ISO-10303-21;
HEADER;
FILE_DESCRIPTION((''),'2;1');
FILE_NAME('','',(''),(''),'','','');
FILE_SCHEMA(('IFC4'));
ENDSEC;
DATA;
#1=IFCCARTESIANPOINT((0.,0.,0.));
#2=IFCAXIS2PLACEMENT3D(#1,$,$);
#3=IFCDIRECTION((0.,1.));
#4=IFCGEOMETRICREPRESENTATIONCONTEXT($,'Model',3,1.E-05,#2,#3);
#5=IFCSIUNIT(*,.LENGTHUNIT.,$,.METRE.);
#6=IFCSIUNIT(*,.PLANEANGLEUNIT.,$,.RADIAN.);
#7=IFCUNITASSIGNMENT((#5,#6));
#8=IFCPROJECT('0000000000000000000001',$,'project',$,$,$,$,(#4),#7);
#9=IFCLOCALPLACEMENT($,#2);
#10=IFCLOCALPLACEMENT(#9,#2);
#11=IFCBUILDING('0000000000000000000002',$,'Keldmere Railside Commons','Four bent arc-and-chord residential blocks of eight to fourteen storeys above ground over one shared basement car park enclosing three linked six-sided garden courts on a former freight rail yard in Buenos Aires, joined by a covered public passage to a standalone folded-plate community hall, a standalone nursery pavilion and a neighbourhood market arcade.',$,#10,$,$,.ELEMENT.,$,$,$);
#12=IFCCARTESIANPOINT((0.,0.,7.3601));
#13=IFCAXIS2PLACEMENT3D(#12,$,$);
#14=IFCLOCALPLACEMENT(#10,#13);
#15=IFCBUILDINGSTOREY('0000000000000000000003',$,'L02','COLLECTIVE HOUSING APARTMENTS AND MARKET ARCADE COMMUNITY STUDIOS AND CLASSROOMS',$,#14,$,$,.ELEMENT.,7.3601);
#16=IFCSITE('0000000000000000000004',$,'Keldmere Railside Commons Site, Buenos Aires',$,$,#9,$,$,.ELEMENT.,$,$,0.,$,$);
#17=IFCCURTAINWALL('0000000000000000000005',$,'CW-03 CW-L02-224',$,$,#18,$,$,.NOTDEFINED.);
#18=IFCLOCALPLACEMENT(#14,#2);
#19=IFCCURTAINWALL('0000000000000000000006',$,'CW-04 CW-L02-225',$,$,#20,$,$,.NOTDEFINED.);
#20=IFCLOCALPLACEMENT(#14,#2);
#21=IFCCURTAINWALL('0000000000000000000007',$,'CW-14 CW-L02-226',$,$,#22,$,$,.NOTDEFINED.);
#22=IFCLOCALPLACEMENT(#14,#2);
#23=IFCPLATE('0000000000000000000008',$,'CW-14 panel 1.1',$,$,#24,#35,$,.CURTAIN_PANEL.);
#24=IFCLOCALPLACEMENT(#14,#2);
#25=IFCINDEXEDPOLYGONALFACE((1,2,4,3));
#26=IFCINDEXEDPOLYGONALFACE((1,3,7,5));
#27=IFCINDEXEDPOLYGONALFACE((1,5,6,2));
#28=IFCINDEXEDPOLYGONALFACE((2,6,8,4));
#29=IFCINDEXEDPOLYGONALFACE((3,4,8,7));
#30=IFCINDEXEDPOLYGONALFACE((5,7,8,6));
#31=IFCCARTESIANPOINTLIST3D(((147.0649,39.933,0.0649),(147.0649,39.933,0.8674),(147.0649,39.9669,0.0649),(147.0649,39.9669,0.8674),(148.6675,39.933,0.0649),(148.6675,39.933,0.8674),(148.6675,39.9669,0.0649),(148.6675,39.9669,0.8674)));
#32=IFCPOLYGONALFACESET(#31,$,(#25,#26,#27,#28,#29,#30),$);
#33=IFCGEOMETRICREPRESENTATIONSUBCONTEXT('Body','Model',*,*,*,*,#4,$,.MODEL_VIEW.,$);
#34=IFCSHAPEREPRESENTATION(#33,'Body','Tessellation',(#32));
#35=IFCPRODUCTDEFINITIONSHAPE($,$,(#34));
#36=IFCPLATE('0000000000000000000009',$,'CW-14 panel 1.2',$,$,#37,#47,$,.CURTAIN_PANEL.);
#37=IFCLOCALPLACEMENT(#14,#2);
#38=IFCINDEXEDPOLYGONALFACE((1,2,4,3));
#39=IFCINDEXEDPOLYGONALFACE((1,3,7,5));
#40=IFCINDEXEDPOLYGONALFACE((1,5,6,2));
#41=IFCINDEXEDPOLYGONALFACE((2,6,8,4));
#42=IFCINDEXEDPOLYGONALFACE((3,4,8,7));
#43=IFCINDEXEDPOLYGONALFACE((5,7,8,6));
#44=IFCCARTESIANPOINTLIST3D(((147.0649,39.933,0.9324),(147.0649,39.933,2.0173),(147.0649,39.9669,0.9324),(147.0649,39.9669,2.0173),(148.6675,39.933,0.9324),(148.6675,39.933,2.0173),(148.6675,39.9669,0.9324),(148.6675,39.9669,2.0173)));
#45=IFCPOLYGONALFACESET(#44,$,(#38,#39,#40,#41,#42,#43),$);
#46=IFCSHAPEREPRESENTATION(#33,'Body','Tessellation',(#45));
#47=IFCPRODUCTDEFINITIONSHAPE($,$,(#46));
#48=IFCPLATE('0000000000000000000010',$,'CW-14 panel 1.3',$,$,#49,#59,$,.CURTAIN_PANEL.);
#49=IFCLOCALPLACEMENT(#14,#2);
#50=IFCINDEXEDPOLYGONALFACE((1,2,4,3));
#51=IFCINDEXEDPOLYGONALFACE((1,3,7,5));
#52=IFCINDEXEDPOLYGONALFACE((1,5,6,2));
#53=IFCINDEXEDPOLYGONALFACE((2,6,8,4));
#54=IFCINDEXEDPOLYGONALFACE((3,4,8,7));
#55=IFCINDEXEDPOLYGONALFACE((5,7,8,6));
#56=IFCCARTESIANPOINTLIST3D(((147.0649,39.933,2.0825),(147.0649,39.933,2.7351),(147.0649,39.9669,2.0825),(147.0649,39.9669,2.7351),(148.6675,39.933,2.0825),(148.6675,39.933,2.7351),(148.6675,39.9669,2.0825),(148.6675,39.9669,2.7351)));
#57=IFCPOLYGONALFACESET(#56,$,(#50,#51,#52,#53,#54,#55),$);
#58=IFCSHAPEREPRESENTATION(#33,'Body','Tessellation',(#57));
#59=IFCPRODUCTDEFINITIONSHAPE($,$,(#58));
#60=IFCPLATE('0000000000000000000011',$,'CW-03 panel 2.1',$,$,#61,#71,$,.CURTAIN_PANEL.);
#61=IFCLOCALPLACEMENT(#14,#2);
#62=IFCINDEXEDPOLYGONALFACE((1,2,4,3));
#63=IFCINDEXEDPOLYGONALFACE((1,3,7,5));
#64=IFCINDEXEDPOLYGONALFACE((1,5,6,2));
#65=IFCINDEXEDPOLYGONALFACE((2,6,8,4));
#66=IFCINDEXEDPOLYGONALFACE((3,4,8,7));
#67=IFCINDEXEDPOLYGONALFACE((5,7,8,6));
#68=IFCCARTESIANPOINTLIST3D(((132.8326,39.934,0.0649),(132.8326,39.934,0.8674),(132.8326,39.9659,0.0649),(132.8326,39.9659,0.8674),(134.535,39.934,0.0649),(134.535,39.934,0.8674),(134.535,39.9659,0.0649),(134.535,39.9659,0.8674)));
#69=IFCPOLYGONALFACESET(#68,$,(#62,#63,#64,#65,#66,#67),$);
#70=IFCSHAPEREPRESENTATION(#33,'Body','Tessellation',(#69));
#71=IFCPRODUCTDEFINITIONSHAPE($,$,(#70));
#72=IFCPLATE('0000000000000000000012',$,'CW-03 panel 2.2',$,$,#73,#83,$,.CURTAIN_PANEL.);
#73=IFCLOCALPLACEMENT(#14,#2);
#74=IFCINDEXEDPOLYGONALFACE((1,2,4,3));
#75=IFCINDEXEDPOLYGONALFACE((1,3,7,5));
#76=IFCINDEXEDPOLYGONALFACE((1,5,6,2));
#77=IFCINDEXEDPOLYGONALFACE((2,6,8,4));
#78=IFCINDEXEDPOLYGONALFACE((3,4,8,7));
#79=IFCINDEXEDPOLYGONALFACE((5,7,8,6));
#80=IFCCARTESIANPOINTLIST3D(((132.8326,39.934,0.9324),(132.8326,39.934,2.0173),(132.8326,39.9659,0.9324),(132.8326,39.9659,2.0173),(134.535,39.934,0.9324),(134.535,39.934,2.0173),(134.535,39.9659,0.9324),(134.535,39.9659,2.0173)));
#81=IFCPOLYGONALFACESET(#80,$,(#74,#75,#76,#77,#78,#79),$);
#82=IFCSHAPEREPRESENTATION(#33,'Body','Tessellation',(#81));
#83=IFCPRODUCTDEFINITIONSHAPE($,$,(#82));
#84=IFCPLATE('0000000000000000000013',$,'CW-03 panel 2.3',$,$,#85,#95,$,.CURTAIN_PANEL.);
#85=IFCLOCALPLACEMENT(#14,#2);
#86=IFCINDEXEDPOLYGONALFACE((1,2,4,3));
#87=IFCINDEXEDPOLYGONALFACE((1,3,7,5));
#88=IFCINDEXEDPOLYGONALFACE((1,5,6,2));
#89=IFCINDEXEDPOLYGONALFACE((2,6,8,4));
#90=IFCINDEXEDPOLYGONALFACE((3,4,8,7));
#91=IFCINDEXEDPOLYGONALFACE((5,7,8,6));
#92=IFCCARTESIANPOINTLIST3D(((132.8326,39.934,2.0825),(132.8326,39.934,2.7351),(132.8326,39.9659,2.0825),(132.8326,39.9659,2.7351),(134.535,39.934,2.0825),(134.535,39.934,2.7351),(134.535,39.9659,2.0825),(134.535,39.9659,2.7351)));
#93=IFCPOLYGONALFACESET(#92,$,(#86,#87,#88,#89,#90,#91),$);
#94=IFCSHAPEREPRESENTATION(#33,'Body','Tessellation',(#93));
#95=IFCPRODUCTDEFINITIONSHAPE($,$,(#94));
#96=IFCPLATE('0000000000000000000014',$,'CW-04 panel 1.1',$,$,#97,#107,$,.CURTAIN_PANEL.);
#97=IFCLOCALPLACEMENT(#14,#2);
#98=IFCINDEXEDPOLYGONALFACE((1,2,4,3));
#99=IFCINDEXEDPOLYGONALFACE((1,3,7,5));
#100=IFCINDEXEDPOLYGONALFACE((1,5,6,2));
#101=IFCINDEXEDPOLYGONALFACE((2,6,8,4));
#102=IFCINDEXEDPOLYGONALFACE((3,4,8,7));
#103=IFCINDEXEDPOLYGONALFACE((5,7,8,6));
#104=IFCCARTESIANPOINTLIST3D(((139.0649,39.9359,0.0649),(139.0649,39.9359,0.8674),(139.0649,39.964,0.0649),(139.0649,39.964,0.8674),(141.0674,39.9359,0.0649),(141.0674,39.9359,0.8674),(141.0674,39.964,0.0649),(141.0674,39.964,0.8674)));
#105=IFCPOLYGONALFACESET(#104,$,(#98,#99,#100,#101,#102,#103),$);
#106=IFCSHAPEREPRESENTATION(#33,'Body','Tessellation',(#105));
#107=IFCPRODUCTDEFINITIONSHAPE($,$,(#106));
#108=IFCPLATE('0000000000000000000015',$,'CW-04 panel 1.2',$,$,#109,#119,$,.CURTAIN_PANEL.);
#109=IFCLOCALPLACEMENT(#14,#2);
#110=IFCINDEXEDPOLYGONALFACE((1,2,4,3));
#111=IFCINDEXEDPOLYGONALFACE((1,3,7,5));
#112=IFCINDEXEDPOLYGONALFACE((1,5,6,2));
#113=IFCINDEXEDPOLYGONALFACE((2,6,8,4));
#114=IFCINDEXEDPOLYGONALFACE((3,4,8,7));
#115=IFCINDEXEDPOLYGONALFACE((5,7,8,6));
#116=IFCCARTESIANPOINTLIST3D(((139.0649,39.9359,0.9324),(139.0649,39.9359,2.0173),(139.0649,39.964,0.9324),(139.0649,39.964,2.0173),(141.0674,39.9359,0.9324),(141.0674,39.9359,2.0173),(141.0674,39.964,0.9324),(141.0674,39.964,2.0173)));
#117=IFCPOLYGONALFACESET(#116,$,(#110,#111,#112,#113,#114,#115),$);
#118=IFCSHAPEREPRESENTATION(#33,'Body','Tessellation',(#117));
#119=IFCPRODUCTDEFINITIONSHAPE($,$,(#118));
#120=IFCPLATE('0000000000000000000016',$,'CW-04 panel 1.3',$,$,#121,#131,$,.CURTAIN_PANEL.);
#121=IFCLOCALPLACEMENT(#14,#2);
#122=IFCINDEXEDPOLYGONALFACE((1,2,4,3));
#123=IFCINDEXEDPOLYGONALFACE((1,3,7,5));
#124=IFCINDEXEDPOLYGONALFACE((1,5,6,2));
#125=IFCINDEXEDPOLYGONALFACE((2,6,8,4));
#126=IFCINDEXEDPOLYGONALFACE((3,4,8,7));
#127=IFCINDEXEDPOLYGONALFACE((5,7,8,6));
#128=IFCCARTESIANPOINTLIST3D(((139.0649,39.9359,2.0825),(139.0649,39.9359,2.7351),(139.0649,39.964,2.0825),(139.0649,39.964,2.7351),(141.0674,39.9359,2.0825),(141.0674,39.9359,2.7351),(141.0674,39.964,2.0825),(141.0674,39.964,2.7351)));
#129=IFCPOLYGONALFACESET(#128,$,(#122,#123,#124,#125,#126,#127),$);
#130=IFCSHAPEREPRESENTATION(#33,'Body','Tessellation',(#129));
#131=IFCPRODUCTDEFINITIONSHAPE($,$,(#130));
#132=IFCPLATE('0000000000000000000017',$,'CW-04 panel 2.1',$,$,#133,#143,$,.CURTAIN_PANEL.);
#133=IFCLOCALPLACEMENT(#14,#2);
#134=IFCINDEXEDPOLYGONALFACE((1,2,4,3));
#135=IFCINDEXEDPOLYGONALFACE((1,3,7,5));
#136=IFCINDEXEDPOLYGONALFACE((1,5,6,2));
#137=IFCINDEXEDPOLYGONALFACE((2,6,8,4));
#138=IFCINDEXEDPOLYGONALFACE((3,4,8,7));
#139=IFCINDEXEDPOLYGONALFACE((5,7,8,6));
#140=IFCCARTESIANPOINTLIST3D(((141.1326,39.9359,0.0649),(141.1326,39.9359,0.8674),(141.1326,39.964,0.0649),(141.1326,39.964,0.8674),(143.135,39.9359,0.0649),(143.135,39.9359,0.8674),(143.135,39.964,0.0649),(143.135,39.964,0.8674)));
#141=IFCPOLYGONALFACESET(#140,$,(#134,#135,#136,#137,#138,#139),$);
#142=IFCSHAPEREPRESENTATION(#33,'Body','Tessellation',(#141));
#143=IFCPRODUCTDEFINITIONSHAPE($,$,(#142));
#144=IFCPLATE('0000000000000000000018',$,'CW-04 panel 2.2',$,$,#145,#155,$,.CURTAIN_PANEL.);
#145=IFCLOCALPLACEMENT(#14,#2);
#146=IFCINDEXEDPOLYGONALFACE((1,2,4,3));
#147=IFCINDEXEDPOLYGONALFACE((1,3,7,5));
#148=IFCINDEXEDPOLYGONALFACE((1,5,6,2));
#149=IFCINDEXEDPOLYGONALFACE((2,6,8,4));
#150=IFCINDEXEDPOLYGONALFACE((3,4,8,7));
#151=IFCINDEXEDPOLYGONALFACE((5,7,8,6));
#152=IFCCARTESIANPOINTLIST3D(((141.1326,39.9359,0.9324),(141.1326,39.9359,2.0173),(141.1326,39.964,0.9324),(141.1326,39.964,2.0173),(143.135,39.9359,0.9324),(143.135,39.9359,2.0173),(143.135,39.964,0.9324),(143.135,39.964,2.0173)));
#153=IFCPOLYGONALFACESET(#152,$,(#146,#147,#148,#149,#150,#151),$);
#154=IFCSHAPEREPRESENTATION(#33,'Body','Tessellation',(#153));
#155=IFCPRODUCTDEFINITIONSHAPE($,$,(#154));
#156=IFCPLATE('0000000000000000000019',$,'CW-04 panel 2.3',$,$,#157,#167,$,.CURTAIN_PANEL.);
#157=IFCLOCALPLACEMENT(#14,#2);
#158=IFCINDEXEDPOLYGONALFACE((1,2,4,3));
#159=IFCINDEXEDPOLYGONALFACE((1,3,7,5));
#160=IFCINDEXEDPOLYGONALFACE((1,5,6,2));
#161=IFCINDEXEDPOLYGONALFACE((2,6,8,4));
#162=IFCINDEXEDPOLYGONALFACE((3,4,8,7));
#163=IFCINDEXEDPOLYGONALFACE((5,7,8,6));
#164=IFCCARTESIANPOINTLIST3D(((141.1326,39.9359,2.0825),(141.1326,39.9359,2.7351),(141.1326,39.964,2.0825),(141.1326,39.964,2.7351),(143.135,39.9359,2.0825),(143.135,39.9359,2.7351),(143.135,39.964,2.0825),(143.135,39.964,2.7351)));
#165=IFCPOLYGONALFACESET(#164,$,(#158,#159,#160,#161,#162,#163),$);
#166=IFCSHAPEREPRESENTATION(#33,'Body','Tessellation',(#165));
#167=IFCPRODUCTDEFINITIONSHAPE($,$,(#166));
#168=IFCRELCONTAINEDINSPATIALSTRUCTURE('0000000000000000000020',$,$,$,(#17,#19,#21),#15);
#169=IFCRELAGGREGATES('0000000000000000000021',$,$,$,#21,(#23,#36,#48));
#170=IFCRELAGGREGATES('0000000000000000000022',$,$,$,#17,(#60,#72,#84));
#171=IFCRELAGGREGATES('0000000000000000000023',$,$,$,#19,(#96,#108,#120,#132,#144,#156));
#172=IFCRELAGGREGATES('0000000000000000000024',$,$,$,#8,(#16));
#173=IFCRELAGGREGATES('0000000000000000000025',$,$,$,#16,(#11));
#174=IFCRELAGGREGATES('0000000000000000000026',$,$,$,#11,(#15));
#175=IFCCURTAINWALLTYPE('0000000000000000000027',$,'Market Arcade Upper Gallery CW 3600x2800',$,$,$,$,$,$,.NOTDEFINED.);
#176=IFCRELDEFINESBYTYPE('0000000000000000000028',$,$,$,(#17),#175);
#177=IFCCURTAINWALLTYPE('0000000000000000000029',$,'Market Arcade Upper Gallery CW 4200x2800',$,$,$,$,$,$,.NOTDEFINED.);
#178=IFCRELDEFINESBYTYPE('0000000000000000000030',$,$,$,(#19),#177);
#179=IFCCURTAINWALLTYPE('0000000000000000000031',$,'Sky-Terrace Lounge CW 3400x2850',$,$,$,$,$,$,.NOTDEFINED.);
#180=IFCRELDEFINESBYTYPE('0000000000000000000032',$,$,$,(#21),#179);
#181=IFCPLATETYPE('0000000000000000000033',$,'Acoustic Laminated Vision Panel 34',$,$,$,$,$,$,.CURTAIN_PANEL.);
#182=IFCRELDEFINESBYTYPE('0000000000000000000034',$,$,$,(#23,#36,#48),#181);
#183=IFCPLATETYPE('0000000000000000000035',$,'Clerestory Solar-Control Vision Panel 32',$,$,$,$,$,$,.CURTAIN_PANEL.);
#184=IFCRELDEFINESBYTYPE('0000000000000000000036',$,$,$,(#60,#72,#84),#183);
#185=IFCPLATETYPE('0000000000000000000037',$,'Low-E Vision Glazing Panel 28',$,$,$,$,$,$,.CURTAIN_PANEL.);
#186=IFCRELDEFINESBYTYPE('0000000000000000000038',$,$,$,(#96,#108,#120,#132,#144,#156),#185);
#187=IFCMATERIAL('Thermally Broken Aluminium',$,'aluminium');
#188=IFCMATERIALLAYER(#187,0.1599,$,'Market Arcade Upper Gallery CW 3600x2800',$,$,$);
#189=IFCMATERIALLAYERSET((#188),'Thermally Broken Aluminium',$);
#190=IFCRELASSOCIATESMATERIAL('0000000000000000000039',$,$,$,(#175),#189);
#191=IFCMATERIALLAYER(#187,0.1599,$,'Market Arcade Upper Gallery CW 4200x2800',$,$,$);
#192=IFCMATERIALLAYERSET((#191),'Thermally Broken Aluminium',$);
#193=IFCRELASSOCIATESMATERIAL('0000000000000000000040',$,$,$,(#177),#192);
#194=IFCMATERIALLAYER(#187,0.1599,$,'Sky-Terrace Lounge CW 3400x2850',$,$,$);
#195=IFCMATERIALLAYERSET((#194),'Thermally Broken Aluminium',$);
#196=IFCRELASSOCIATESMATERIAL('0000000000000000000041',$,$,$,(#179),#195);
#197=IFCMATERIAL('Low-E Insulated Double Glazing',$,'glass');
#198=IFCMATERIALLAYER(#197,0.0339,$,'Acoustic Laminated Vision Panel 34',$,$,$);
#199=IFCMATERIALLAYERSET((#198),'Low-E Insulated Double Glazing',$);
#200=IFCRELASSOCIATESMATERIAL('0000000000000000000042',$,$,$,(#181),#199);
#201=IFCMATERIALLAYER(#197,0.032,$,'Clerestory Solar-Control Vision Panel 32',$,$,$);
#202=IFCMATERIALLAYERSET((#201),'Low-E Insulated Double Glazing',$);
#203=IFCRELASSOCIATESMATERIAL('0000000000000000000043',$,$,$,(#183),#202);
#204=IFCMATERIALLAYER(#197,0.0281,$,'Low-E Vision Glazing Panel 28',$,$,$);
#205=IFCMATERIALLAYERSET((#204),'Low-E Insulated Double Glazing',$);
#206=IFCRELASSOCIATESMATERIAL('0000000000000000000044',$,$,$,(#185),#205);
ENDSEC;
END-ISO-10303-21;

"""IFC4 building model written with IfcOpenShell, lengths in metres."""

from ifc_helpers import new_model, si_unit, direction, frame, origin, origin_2d, place, context, subcontext, project, spatial, rectangle, extrude, material, layer, layer_set, type_object, element, aggregate, save


model = new_model("IFC4")

# Units and contexts
model_context = context("Model", 3, precision=1e-05, world=origin(), true_north=direction((0.0, 1.0)))
body_context = subcontext(model_context, "Body", "Model", "MODEL_VIEW")
ifc_project = project(units=[si_unit("LENGTHUNIT", "METRE"), si_unit("PLANEANGLEUNIT", "RADIAN")], contexts=[model_context])

# Site, building, storey
site_placement = place(None, origin())
site = spatial("IfcSite", under=ifc_project, at=site_placement, Name="Keldmere Railside Commons Site, Buenos Aires", CompositionType="ELEMENT", RefElevation=0.0)
building_placement = place(site_placement, origin())
building = spatial("IfcBuilding", under=site, at=building_placement, Name="Keldmere Railside Commons", Description="Four bent arc-and-chord residential blocks of eight to fourteen storeys above ground over one shared basement car park enclosing three linked six-sided garden courts on a former freight rail yard in Buenos Aires, joined by a covered public passage to a standalone folded-plate community hall, a standalone nursery pavilion and a neighbourhood market arcade.", CompositionType="ELEMENT")
storey_placement = place(building_placement, frame((0.0, 0.0, 7.3601)))
storey = spatial("IfcBuildingStorey", under=building, at=storey_placement, Name="L02", Description="COLLECTIVE HOUSING APARTMENTS AND MARKET ARCADE COMMUNITY STUDIOS AND CLASSROOMS", CompositionType="ELEMENT", Elevation=7.3601)

# Curtain wall
ifc_material_1 = material(Name="Thermally Broken Aluminium", Category="aluminium")
ifc_layer_1 = layer(ifc_material_1, 0.1599, Name="Market Arcade Upper Gallery CW 3600x2800")
ifc_layer_set_1 = layer_set([ifc_layer_1], Name="Thermally Broken Aluminium")
curtain_wall_type_1 = type_object("IfcCurtainWallType", Name="Market Arcade Upper Gallery CW 3600x2800", PredefinedType="NOTDEFINED", material=ifc_layer_set_1)
curtain_wall_1_placement = place(storey_placement, origin())
curtain_wall_1 = element("IfcCurtainWall", 1, at=curtain_wall_1_placement, inside=storey, type_object=curtain_wall_type_1, Name="CW-03 CW-L02-224", PredefinedType="NOTDEFINED")

# Curtain walls
ifc_layer_2 = layer(ifc_material_1, 0.1599, Name="Market Arcade Upper Gallery CW 4200x2800")
ifc_layer_set_2 = layer_set([ifc_layer_2], Name="Thermally Broken Aluminium")
curtain_wall_type_2 = type_object("IfcCurtainWallType", Name="Market Arcade Upper Gallery CW 4200x2800", PredefinedType="NOTDEFINED", material=ifc_layer_set_2)
curtain_wall_2_placement = place(storey_placement, origin())
curtain_wall_2 = element("IfcCurtainWall", 2, at=curtain_wall_2_placement, inside=storey, type_object=curtain_wall_type_2, Name="CW-04 CW-L02-225", PredefinedType="NOTDEFINED")
ifc_layer_3 = layer(ifc_material_1, 0.1599, Name="Sky-Terrace Lounge CW 3400x2850")
ifc_layer_set_3 = layer_set([ifc_layer_3], Name="Thermally Broken Aluminium")
curtain_wall_type_3 = type_object("IfcCurtainWallType", Name="Sky-Terrace Lounge CW 3400x2850", PredefinedType="NOTDEFINED", material=ifc_layer_set_3)
curtain_wall_3_placement = place(storey_placement, origin())
curtain_wall_3 = element("IfcCurtainWall", 3, at=curtain_wall_3_placement, inside=storey, type_object=curtain_wall_type_3, Name="CW-14 CW-L02-226", PredefinedType="NOTDEFINED")

# Plates
ifc_material_2 = material(Name="Low-E Insulated Double Glazing", Category="glass")
ifc_layer_4 = layer(ifc_material_2, 0.0339, Name="Acoustic Laminated Vision Panel 34")
ifc_layer_set_4 = layer_set([ifc_layer_4], Name="Low-E Insulated Double Glazing")
plate_type_1 = type_object("IfcPlateType", Name="Acoustic Laminated Vision Panel 34", PredefinedType="CURTAIN_PANEL", material=ifc_layer_set_4)
plate_1_placement = place(storey_placement, frame((147.8662, 39.95, 0.0649), z_axis=(0.0, 0.0, 1.0), x_axis=(1.0, 0.0, 0.0)))
plate_1 = element("IfcPlate", 4, at=plate_1_placement, type_object=plate_type_1, Name="CW-14 panel 1.1", PredefinedType="CURTAIN_PANEL", context=body_context, shape_type="SweptSolid", body=[
    extrude(rectangle(XDim=1.6025, YDim=0.0339, at=origin_2d()), origin(), (0.0, 0.0, 1.0), 0.8025),
])
plate_2_placement = place(storey_placement, frame((147.8662, 39.95, 0.9324), z_axis=(0.0, 0.0, 1.0), x_axis=(1.0, 0.0, 0.0)))
plate_2 = element("IfcPlate", 5, at=plate_2_placement, type_object=plate_type_1, Name="CW-14 panel 1.2", PredefinedType="CURTAIN_PANEL", context=body_context, shape_type="SweptSolid", body=[
    extrude(rectangle(XDim=1.6025, YDim=0.0339, at=origin_2d()), origin(), (0.0, 0.0, 1.0), 1.085),
])
plate_3_placement = place(storey_placement, frame((147.8662, 39.95, 2.0825), z_axis=(0.0, 0.0, 1.0), x_axis=(1.0, 0.0, 0.0)))
plate_3 = element("IfcPlate", 6, at=plate_3_placement, type_object=plate_type_1, Name="CW-14 panel 1.3", PredefinedType="CURTAIN_PANEL", context=body_context, shape_type="SweptSolid", body=[
    extrude(rectangle(XDim=1.6025, YDim=0.0339, at=origin_2d()), origin(), (0.0, 0.0, 1.0), 0.6526),
])
aggregate(curtain_wall_3, [plate_1, plate_2, plate_3])
ifc_layer_5 = layer(ifc_material_2, 0.032, Name="Clerestory Solar-Control Vision Panel 32")
ifc_layer_set_5 = layer_set([ifc_layer_5], Name="Low-E Insulated Double Glazing")
plate_type_2 = type_object("IfcPlateType", Name="Clerestory Solar-Control Vision Panel 32", PredefinedType="CURTAIN_PANEL", material=ifc_layer_set_5)
plate_4_placement = place(storey_placement, frame((133.6838, 39.95, 0.0649), z_axis=(0.0, 0.0, 1.0), x_axis=(1.0, 0.0, 0.0)))
plate_4 = element("IfcPlate", 7, at=plate_4_placement, type_object=plate_type_2, Name="CW-03 panel 2.1", PredefinedType="CURTAIN_PANEL", context=body_context, shape_type="SweptSolid", body=[
    extrude(rectangle(XDim=1.7024, YDim=0.032, at=origin_2d()), origin(), (0.0, 0.0, 1.0), 0.8025),
])
plate_5_placement = place(storey_placement, frame((133.6838, 39.95, 0.9324), z_axis=(0.0, 0.0, 1.0), x_axis=(1.0, 0.0, 0.0)))
plate_5 = element("IfcPlate", 8, at=plate_5_placement, type_object=plate_type_2, Name="CW-03 panel 2.2", PredefinedType="CURTAIN_PANEL", context=body_context, shape_type="SweptSolid", body=[
    extrude(rectangle(XDim=1.7024, YDim=0.032, at=origin_2d()), origin(), (0.0, 0.0, 1.0), 1.085),
])
plate_6_placement = place(storey_placement, frame((133.6838, 39.95, 2.0825), z_axis=(0.0, 0.0, 1.0), x_axis=(1.0, 0.0, 0.0)))
plate_6 = element("IfcPlate", 9, at=plate_6_placement, type_object=plate_type_2, Name="CW-03 panel 2.3", PredefinedType="CURTAIN_PANEL", context=body_context, shape_type="SweptSolid", body=[
    extrude(rectangle(XDim=1.7024, YDim=0.032, at=origin_2d()), origin(), (0.0, 0.0, 1.0), 0.6526),
])
aggregate(curtain_wall_1, [plate_4, plate_5, plate_6])
ifc_layer_6 = layer(ifc_material_2, 0.0281, Name="Low-E Vision Glazing Panel 28")
ifc_layer_set_6 = layer_set([ifc_layer_6], Name="Low-E Insulated Double Glazing")
plate_type_3 = type_object("IfcPlateType", Name="Low-E Vision Glazing Panel 28", PredefinedType="CURTAIN_PANEL", material=ifc_layer_set_6)
plate_7_placement = place(storey_placement, frame((140.0662, 39.95, 0.0649), z_axis=(0.0, 0.0, 1.0), x_axis=(1.0, 0.0, 0.0)))
plate_7 = element("IfcPlate", 10, at=plate_7_placement, type_object=plate_type_3, Name="CW-04 panel 1.1", PredefinedType="CURTAIN_PANEL", context=body_context, shape_type="SweptSolid", body=[
    extrude(rectangle(XDim=2.0024, YDim=0.0281, at=origin_2d()), origin(), (0.0, 0.0, 1.0), 0.8025),
])
plate_8_placement = place(storey_placement, frame((140.0662, 39.95, 0.9324), z_axis=(0.0, 0.0, 1.0), x_axis=(1.0, 0.0, 0.0)))
plate_8 = element("IfcPlate", 11, at=plate_8_placement, type_object=plate_type_3, Name="CW-04 panel 1.2", PredefinedType="CURTAIN_PANEL", context=body_context, shape_type="SweptSolid", body=[
    extrude(rectangle(XDim=2.0024, YDim=0.0281, at=origin_2d()), origin(), (0.0, 0.0, 1.0), 1.085),
])
plate_9_placement = place(storey_placement, frame((140.0662, 39.95, 2.0825), z_axis=(0.0, 0.0, 1.0), x_axis=(1.0, 0.0, 0.0)))
plate_9 = element("IfcPlate", 12, at=plate_9_placement, type_object=plate_type_3, Name="CW-04 panel 1.3", PredefinedType="CURTAIN_PANEL", context=body_context, shape_type="SweptSolid", body=[
    extrude(rectangle(XDim=2.0024, YDim=0.0281, at=origin_2d()), origin(), (0.0, 0.0, 1.0), 0.6526),
])
plate_10_placement = place(storey_placement, frame((142.1338, 39.95, 0.0649), z_axis=(0.0, 0.0, 1.0), x_axis=(1.0, 0.0, 0.0)))
plate_10 = element("IfcPlate", 13, at=plate_10_placement, type_object=plate_type_3, Name="CW-04 panel 2.1", PredefinedType="CURTAIN_PANEL", context=body_context, shape_type="SweptSolid", body=[
    extrude(rectangle(XDim=2.0024, YDim=0.0281, at=origin_2d()), origin(), (0.0, 0.0, 1.0), 0.8025),
])
plate_11_placement = place(storey_placement, frame((142.1338, 39.95, 0.9324), z_axis=(0.0, 0.0, 1.0), x_axis=(1.0, 0.0, 0.0)))
plate_11 = element("IfcPlate", 14, at=plate_11_placement, type_object=plate_type_3, Name="CW-04 panel 2.2", PredefinedType="CURTAIN_PANEL", context=body_context, shape_type="SweptSolid", body=[
    extrude(rectangle(XDim=2.0024, YDim=0.0281, at=origin_2d()), origin(), (0.0, 0.0, 1.0), 1.085),
])
plate_12_placement = place(storey_placement, frame((142.1338, 39.95, 2.0825), z_axis=(0.0, 0.0, 1.0), x_axis=(1.0, 0.0, 0.0)))
plate_12 = element("IfcPlate", 15, at=plate_12_placement, type_object=plate_type_3, Name="CW-04 panel 2.3", PredefinedType="CURTAIN_PANEL", context=body_context, shape_type="SweptSolid", body=[
    extrude(rectangle(XDim=2.0024, YDim=0.0281, at=origin_2d()), origin(), (0.0, 0.0, 1.0), 0.6526),
])
aggregate(curtain_wall_2, [plate_7, plate_8, plate_9, plate_10, plate_11, plate_12])

save(model, "model.ifc")
